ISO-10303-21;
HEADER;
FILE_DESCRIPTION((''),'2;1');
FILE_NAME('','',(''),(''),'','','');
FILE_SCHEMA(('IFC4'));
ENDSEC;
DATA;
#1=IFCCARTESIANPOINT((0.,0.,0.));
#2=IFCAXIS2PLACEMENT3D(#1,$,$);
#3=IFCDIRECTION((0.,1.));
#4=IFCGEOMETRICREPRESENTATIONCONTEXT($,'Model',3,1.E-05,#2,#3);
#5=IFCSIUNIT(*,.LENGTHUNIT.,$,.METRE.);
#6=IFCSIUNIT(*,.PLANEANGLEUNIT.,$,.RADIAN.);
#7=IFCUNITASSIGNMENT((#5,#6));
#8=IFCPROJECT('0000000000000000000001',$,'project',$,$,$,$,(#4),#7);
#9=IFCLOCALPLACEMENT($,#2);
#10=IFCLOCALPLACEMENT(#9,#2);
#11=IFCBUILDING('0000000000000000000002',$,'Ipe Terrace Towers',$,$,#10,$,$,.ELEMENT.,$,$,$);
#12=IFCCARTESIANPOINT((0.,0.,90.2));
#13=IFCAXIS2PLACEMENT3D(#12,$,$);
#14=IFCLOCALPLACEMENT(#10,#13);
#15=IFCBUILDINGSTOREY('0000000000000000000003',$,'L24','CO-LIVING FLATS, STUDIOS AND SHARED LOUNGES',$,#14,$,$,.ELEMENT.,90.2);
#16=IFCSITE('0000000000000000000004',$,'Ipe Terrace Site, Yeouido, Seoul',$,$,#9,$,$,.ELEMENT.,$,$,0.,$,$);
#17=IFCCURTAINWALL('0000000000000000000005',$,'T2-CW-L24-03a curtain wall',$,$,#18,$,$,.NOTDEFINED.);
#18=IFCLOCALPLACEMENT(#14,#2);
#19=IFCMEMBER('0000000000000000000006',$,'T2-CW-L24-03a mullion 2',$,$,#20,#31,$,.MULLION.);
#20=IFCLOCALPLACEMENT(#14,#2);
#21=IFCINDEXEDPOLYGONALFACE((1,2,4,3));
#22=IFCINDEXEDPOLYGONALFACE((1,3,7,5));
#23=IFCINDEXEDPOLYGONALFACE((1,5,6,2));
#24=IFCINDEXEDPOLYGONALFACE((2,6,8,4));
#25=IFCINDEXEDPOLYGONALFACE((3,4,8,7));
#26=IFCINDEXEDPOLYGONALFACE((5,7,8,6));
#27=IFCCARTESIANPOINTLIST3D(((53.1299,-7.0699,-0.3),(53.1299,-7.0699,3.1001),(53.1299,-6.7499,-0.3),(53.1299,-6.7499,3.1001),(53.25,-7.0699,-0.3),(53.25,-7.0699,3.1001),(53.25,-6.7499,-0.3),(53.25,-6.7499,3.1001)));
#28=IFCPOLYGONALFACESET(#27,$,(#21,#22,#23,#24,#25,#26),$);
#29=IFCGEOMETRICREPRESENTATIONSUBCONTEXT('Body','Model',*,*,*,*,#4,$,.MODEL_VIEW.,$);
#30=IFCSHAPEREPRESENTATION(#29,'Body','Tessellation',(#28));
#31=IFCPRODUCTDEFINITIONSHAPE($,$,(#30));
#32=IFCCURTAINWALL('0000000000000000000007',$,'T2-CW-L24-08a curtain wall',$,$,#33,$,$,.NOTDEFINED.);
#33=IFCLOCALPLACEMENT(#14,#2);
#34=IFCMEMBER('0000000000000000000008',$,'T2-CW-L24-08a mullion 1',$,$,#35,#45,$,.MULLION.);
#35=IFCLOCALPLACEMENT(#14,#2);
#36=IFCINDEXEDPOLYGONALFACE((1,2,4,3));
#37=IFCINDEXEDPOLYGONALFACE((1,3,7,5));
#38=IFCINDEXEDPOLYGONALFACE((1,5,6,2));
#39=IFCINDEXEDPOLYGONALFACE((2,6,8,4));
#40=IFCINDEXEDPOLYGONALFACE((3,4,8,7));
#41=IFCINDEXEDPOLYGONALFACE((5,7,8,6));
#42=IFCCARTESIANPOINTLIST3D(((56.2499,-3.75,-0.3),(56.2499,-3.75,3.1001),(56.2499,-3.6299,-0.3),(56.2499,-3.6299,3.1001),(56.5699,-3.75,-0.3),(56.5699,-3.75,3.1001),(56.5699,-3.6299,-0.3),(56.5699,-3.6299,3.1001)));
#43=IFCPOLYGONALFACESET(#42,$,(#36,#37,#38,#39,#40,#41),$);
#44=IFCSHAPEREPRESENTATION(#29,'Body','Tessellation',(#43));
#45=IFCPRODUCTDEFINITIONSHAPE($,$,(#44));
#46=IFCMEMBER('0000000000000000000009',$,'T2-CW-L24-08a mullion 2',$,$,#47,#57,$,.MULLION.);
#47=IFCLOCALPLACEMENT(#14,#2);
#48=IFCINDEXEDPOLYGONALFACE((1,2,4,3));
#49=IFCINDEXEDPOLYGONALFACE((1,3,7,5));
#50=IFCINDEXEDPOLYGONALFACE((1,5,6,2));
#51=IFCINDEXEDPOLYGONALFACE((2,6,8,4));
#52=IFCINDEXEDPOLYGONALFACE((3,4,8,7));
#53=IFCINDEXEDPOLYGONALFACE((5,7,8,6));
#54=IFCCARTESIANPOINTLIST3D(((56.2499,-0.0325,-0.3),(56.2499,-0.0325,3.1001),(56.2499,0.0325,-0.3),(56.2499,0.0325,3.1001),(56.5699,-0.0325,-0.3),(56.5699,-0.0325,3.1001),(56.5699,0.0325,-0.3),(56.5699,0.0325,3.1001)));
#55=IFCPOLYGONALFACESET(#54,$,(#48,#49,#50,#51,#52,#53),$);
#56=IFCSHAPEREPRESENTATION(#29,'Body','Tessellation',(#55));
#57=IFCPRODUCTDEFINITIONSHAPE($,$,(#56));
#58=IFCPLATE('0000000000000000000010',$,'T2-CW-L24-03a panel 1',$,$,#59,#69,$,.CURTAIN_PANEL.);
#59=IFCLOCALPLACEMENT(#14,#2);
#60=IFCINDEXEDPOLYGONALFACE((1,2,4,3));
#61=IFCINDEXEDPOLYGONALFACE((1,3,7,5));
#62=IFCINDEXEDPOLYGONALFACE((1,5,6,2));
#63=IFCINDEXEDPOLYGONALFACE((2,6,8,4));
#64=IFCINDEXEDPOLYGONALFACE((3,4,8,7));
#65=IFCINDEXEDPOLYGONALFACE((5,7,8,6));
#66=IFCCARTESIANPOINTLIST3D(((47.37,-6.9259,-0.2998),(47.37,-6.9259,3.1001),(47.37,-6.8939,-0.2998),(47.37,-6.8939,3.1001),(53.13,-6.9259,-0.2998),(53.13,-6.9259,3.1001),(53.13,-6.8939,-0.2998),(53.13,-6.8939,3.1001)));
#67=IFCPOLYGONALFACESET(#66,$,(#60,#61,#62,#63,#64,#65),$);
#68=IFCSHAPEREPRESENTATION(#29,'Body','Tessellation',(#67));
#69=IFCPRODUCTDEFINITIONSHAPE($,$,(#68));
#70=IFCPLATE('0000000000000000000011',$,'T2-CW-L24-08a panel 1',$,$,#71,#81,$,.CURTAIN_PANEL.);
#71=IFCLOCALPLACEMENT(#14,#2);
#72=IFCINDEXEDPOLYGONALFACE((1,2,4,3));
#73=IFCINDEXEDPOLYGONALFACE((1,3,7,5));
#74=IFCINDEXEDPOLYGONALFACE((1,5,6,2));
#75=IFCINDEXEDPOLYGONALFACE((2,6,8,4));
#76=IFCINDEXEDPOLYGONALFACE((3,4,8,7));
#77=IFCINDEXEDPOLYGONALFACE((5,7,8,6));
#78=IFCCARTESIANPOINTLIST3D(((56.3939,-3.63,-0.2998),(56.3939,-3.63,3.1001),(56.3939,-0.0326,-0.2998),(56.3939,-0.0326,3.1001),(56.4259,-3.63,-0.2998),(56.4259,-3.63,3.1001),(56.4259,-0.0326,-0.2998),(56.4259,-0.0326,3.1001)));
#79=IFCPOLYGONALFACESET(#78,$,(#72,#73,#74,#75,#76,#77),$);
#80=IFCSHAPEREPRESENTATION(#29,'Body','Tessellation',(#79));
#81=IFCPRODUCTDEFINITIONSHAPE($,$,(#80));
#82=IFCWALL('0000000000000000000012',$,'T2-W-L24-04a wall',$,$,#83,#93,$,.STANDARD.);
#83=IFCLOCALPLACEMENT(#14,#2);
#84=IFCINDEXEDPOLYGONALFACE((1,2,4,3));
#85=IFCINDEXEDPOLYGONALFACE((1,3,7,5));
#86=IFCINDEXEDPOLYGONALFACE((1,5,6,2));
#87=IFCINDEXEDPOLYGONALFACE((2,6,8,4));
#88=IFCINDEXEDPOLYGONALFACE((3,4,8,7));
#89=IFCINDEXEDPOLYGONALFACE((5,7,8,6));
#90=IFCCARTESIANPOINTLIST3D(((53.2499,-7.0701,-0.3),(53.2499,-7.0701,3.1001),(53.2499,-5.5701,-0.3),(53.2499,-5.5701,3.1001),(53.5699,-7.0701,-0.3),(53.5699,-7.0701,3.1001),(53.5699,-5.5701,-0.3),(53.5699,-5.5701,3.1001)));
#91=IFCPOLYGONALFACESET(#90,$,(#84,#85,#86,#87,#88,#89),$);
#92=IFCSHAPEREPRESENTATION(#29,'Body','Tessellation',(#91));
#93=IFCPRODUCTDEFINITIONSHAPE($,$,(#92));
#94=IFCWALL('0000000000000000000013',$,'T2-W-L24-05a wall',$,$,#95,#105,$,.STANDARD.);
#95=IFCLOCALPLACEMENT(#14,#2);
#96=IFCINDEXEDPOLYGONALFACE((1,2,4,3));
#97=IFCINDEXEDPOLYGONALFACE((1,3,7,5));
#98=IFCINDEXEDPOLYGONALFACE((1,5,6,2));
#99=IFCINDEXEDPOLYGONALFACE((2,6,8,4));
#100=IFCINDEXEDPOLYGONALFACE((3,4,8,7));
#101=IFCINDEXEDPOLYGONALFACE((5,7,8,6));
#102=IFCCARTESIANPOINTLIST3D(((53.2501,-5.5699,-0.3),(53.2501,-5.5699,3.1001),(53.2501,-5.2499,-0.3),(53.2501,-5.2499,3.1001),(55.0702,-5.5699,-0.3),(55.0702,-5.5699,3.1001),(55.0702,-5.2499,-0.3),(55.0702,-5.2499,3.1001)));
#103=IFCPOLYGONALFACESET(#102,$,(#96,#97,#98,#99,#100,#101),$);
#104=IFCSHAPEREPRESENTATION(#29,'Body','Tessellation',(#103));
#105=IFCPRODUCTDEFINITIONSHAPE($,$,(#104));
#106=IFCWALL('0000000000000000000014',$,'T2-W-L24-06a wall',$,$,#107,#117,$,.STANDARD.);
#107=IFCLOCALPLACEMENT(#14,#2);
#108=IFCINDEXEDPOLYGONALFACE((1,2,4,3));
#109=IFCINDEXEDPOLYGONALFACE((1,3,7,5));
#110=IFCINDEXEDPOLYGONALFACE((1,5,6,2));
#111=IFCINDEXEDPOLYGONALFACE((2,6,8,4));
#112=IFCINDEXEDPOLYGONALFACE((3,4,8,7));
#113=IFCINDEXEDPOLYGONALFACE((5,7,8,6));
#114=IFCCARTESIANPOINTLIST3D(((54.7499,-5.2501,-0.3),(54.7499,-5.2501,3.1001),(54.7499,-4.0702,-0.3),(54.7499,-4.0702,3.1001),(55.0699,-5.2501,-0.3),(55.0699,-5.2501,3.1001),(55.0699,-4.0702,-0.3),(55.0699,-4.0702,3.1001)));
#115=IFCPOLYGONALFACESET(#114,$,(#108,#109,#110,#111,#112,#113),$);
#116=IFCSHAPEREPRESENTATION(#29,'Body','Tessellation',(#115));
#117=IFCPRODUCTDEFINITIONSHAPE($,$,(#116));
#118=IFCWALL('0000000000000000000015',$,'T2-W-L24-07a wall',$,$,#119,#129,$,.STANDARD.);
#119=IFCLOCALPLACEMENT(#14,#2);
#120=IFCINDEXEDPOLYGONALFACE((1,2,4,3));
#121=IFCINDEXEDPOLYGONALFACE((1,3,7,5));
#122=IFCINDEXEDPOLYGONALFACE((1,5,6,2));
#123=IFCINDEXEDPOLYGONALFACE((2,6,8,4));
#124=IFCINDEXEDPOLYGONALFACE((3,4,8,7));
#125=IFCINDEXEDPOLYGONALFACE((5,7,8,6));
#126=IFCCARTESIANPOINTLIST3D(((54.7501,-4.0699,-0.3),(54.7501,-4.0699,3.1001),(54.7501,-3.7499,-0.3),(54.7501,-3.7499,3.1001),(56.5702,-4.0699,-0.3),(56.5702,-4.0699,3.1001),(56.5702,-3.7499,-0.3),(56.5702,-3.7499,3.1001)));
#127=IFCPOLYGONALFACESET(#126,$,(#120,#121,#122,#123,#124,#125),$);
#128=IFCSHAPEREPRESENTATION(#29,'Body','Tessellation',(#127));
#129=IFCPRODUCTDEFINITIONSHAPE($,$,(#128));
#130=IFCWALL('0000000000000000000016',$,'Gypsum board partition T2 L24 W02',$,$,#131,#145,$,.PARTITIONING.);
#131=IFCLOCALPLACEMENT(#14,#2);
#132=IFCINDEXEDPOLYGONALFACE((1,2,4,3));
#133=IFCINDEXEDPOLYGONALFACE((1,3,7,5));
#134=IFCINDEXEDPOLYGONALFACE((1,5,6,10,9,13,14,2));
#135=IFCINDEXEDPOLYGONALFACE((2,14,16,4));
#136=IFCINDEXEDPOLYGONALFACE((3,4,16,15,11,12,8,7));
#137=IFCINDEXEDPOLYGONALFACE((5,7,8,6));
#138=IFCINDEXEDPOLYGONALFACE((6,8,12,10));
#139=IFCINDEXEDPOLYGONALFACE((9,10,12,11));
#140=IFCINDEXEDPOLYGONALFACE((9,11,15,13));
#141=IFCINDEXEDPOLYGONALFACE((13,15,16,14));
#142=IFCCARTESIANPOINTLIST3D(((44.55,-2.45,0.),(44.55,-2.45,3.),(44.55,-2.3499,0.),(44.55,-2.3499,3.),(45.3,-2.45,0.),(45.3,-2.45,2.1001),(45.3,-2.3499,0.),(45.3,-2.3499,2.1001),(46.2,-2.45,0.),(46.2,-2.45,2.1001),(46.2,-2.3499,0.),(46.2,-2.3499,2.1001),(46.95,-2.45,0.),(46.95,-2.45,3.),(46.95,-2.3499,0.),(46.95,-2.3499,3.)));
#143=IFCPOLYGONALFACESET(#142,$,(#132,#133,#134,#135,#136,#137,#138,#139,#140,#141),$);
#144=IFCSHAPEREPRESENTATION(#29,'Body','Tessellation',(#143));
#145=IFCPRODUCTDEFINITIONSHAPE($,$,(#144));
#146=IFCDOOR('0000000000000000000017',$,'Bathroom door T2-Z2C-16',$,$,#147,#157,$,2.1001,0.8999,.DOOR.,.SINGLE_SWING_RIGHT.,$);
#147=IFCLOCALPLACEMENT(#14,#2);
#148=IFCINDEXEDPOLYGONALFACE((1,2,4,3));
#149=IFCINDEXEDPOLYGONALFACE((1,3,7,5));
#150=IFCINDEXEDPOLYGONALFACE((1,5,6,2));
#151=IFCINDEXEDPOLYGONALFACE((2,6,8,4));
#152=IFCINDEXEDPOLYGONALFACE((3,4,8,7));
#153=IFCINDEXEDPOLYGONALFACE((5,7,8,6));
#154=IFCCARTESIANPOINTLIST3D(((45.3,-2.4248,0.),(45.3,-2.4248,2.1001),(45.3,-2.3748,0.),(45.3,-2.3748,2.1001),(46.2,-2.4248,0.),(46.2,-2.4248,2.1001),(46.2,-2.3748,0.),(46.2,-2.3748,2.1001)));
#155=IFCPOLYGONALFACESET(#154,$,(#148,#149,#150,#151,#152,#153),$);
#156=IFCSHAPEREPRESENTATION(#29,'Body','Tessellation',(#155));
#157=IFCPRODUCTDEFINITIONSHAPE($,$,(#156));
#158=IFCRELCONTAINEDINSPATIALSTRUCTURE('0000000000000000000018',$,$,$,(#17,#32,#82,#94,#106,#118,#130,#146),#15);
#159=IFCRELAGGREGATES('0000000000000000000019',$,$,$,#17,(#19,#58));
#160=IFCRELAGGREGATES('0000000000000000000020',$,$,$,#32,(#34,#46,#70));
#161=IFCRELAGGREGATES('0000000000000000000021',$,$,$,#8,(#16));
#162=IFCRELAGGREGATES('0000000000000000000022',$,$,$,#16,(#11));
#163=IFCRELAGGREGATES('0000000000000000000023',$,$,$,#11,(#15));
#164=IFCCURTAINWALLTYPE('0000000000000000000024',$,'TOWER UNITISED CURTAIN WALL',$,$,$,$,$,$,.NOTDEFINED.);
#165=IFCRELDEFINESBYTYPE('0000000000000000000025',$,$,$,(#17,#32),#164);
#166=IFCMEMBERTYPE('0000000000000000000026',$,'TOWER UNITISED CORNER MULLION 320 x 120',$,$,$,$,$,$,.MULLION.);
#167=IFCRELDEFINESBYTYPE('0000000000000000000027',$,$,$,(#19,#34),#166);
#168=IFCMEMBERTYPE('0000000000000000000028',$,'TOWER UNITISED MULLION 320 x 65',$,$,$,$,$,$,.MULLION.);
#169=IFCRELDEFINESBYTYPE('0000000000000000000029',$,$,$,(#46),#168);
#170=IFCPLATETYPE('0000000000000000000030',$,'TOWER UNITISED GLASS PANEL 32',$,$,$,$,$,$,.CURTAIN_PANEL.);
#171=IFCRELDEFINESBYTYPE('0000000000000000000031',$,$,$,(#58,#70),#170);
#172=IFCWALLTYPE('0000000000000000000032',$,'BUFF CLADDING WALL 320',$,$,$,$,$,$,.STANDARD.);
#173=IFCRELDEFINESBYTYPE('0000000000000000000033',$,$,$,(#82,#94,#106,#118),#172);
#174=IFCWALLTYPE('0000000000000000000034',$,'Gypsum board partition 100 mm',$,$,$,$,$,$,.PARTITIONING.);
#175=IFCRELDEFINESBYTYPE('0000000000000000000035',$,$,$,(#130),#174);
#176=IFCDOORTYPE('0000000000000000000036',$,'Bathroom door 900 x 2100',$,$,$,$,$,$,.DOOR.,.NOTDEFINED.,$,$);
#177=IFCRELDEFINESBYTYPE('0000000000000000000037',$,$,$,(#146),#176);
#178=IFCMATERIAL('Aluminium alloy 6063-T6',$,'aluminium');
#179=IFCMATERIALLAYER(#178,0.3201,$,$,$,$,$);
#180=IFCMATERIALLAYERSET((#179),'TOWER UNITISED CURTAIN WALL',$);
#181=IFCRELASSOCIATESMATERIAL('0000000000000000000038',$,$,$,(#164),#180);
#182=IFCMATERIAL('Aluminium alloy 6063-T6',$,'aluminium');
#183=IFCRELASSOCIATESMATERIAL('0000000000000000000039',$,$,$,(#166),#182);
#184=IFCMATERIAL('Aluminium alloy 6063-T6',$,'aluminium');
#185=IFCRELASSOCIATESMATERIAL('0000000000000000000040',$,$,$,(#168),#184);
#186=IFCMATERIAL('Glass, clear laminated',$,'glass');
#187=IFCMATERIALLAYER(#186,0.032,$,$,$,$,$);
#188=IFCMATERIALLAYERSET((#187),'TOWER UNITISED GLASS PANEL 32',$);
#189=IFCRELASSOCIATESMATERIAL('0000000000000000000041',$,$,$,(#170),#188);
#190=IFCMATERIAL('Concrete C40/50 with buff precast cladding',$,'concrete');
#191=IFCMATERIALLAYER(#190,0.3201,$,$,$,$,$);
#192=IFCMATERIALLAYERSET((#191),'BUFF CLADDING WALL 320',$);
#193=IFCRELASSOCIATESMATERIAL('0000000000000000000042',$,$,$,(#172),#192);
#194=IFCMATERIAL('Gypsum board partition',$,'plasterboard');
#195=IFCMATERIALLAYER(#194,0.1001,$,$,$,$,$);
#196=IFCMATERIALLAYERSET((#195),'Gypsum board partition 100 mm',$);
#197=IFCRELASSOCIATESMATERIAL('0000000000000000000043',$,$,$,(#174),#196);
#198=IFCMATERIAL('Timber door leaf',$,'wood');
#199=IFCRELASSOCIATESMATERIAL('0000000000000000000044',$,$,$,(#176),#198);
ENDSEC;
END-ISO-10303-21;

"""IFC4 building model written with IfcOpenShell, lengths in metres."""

from ifc_helpers import new_model, si_unit, direction, frame, frame_2d, origin, origin_2d, place, context, subcontext, project, spatial, rectangle, extrude, material, layer, layer_set, material_profile, profile_set, type_object, element, fill, aggregate, save


model = new_model("IFC4")

# Units and contexts
model_context = context("Model", 3, precision=1e-05, world=origin(), true_north=direction((0.0, 1.0)))
body_context = subcontext(model_context, "Body", "Model", "MODEL_VIEW")
ifc_project = project(units=[si_unit("LENGTHUNIT", "METRE"), si_unit("PLANEANGLEUNIT", "RADIAN")], contexts=[model_context])

# Site, building, storey
site_placement = place(None, origin())
site = spatial("IfcSite", under=ifc_project, at=site_placement, Name="Ipe Terrace Site, Yeouido, Seoul", CompositionType="ELEMENT", RefElevation=0.0)
building_placement = place(site_placement, origin())
building = spatial("IfcBuilding", under=site, at=building_placement, Name="Ipe Terrace Towers", CompositionType="ELEMENT")
storey_placement = place(building_placement, frame((0.0, 0.0, 90.2)))
storey = spatial("IfcBuildingStorey", under=building, at=storey_placement, Name="L24", Description="CO-LIVING FLATS, STUDIOS AND SHARED LOUNGES", CompositionType="ELEMENT", Elevation=90.2)

# Curtain walls, members
ifc_material_1 = material(Name="Aluminium alloy 6063-T6", Category="aluminium")
ifc_layer_1 = layer(ifc_material_1, 0.3201)
ifc_layer_set_1 = layer_set([ifc_layer_1], Name="TOWER UNITISED CURTAIN WALL")
curtain_wall_type = type_object("IfcCurtainWallType", Name="TOWER UNITISED CURTAIN WALL", PredefinedType="NOTDEFINED", material=ifc_layer_set_1)
curtain_wall_1_placement = place(storey_placement, origin())
curtain_wall_1 = element("IfcCurtainWall", 1, at=curtain_wall_1_placement, inside=storey, type_object=curtain_wall_type, Name="T2-CW-L24-03a curtain wall", PredefinedType="NOTDEFINED")
ifc_material_2 = material(Name="Aluminium alloy 6063-T6", Category="aluminium")
ifc_material_profile_1 = material_profile(ifc_material_2, rectangle(XDim=0.3201, YDim=0.1201, at=origin_2d()), Name="TOWER UNITISED CORNER MULLION 320 x 120")
ifc_profile_set_1 = profile_set([ifc_material_profile_1], Name="Aluminium alloy 6063-T6")
member_type_1 = type_object("IfcMemberType", Name="TOWER UNITISED CORNER MULLION 320 x 120", PredefinedType="MULLION", material=ifc_profile_set_1)
member_1_placement = place(storey_placement, frame((53.1899, -6.9099, -0.3), z_axis=(0.0, 0.0, 1.0), x_axis=(0.0, -1.0, 0.0)))
member_1 = element("IfcMember", 2, at=member_1_placement, type_object=member_type_1, Name="T2-CW-L24-03a mullion 2", PredefinedType="MULLION", context=body_context, shape_type="SweptSolid", body=[
    extrude(rectangle(XDim=0.3201, YDim=0.1201, at=origin_2d()), origin(), (0.0, 0.0, 1.0), 3.4001),
])
curtain_wall_2_placement = place(storey_placement, origin())
curtain_wall_2 = element("IfcCurtainWall", 3, at=curtain_wall_2_placement, inside=storey, type_object=curtain_wall_type, Name="T2-CW-L24-08a curtain wall", PredefinedType="NOTDEFINED")
member_2_placement = place(storey_placement, frame((56.4099, -3.6899, -0.3), z_axis=(0.0, 0.0, 1.0), x_axis=(1.0, 0.0, 0.0)))
member_2 = element("IfcMember", 4, at=member_2_placement, type_object=member_type_1, Name="T2-CW-L24-08a mullion 1", PredefinedType="MULLION", context=body_context, shape_type="SweptSolid", body=[
    extrude(rectangle(XDim=0.3201, YDim=0.1201, at=origin_2d()), origin(), (0.0, 0.0, 1.0), 3.4001),
])
ifc_material_3 = material(Name="Aluminium alloy 6063-T6", Category="aluminium")
ifc_material_profile_2 = material_profile(ifc_material_3, rectangle(XDim=0.3201, YDim=0.0649, at=origin_2d()), Name="TOWER UNITISED MULLION 320 x 65")
ifc_profile_set_2 = profile_set([ifc_material_profile_2], Name="Aluminium alloy 6063-T6")
member_type_2 = type_object("IfcMemberType", Name="TOWER UNITISED MULLION 320 x 65", PredefinedType="MULLION", material=ifc_profile_set_2)
member_3_placement = place(storey_placement, frame((56.4099, 0.0, -0.3), z_axis=(0.0, 0.0, 1.0), x_axis=(1.0, 0.0, 0.0)))
member_3 = element("IfcMember", 5, at=member_3_placement, type_object=member_type_2, Name="T2-CW-L24-08a mullion 2", PredefinedType="MULLION", context=body_context, shape_type="SweptSolid", body=[
    extrude(rectangle(XDim=0.3201, YDim=0.0649, at=origin_2d()), origin(), (0.0, 0.0, 1.0), 3.4001),
])

# Plates
ifc_material_4 = material(Name="Glass, clear laminated", Category="glass")
ifc_layer_2 = layer(ifc_material_4, 0.032)
ifc_layer_set_2 = layer_set([ifc_layer_2], Name="TOWER UNITISED GLASS PANEL 32")
plate_type = type_object("IfcPlateType", Name="TOWER UNITISED GLASS PANEL 32", PredefinedType="CURTAIN_PANEL", material=ifc_layer_set_2)
plate_1_placement = place(storey_placement, frame((50.25, -6.9099, -0.2998), z_axis=(0.0, 0.0, 1.0), x_axis=(1.0, 0.0, 0.0)))
plate_1 = element("IfcPlate", 6, at=plate_1_placement, type_object=plate_type, Name="T2-CW-L24-03a panel 1", PredefinedType="CURTAIN_PANEL", context=body_context, shape_type="SweptSolid", body=[
    extrude(rectangle(XDim=5.76, YDim=0.032, at=origin_2d()), origin(), (0.0, 0.0, 1.0), 3.3999),
])
aggregate(curtain_wall_1, [member_1, plate_1])
plate_2_placement = place(storey_placement, frame((56.4099, -1.8313, -0.2998), z_axis=(0.0, 0.0, 1.0), x_axis=(0.0, 1.0, 0.0)))
plate_2 = element("IfcPlate", 7, at=plate_2_placement, type_object=plate_type, Name="T2-CW-L24-08a panel 1", PredefinedType="CURTAIN_PANEL", context=body_context, shape_type="SweptSolid", body=[
    extrude(rectangle(XDim=3.5974, YDim=0.032, at=origin_2d()), origin(), (0.0, 0.0, 1.0), 3.3999),
])
aggregate(curtain_wall_2, [member_2, member_3, plate_2])

# Walls
ifc_material_5 = material(Name="Concrete C40/50 with buff precast cladding", Category="concrete")
ifc_layer_3 = layer(ifc_material_5, 0.3201)
ifc_layer_set_3 = layer_set([ifc_layer_3], Name="BUFF CLADDING WALL 320")
wall_type_1 = type_object("IfcWallType", Name="BUFF CLADDING WALL 320", PredefinedType="STANDARD", material=ifc_layer_set_3)
wall_1_placement = place(storey_placement, frame((53.4099, -7.0701, -0.3), z_axis=(0.0, 0.0, 1.0), x_axis=(0.0, 1.0, 0.0)))
element("IfcWall", 8, at=wall_1_placement, inside=storey, type_object=wall_type_1, Name="T2-W-L24-04a wall", PredefinedType="STANDARD", context=body_context, shape_type="SweptSolid", body=[
    extrude(rectangle(XDim=1.5, YDim=0.3201, at=frame_2d((0.75, 0.0))), origin(), (0.0, 0.0, 1.0), 3.4001),
])
wall_2_placement = place(storey_placement, frame((53.25, -5.4099, -0.3), z_axis=(0.0, 0.0, 1.0), x_axis=(1.0, 0.0, 0.0)))
element("IfcWall", 9, at=wall_2_placement, inside=storey, type_object=wall_type_1, Name="T2-W-L24-05a wall", PredefinedType="STANDARD", context=body_context, shape_type="SweptSolid", body=[
    extrude(rectangle(XDim=1.8201, YDim=0.3201, at=frame_2d((0.9102, 0.0))), origin(), (0.0, 0.0, 1.0), 3.4001),
])
wall_3_placement = place(storey_placement, frame((54.9099, -5.25, -0.3), z_axis=(0.0, 0.0, 1.0), x_axis=(0.0, 1.0, 0.0)))
element("IfcWall", 10, at=wall_3_placement, inside=storey, type_object=wall_type_1, Name="T2-W-L24-06a wall", PredefinedType="STANDARD", context=body_context, shape_type="SweptSolid", body=[
    extrude(rectangle(XDim=1.1799, YDim=0.3201, at=frame_2d((0.5898, 0.0))), origin(), (0.0, 0.0, 1.0), 3.4001),
])
wall_4_placement = place(storey_placement, frame((54.75, -3.9099, -0.3), z_axis=(0.0, 0.0, 1.0), x_axis=(1.0, 0.0, 0.0)))
element("IfcWall", 11, at=wall_4_placement, inside=storey, type_object=wall_type_1, Name="T2-W-L24-07a wall", PredefinedType="STANDARD", context=body_context, shape_type="SweptSolid", body=[
    extrude(rectangle(XDim=1.8201, YDim=0.3201, at=frame_2d((0.9102, 0.0))), origin(), (0.0, 0.0, 1.0), 3.4001),
])

# Wall, opening, door
ifc_material_6 = material(Name="Gypsum board partition", Category="plasterboard")
ifc_layer_4 = layer(ifc_material_6, 0.1001)
ifc_layer_set_4 = layer_set([ifc_layer_4], Name="Gypsum board partition 100 mm")
wall_type_2 = type_object("IfcWallType", Name="Gypsum board partition 100 mm", PredefinedType="PARTITIONING", material=ifc_layer_set_4)
wall_5_placement = place(storey_placement, frame((46.95, -2.3999, 0.0), z_axis=(0.0, 0.0, 1.0), x_axis=(-1.0, 0.0, 0.0)))
wall_5 = element("IfcWall", 12, at=wall_5_placement, inside=storey, type_object=wall_type_2, Name="Gypsum board partition T2 L24 W02", PredefinedType="PARTITIONING", context=body_context, shape_type="SweptSolid", body=[
    extrude(rectangle(XDim=2.3999, YDim=0.1001, at=frame_2d((1.2, 0.0))), origin(), (0.0, 0.0, 1.0), 3.0),
])
opening_1_placement = place(wall_5_placement, frame((0.75, 0.0, 0.0)))
opening_1 = element("IfcOpeningElement", 13, at=opening_1_placement, cuts=wall_5, PredefinedType="OPENING", context=body_context, shape_type="SweptSolid", body=[
    extrude(rectangle(XDim=0.8999, YDim=2.1001, at=frame_2d((0.45, 1.05))), frame((0.0, 0.0601, 0.0), z_axis=(0.0, -1.0, 0.0), x_axis=(1.0, 0.0, 0.0)), (0.0, 0.0, 1.0), 0.1201),
])
ifc_material_7 = material(Name="Timber door leaf", Category="wood")
door_type_1 = type_object("IfcDoorType", Name="Bathroom door 900 x 2100", OperationType="NOTDEFINED", PredefinedType="DOOR", material=ifc_material_7)
door_1_placement = place(opening_1_placement, origin())
door_1 = element("IfcDoor", 14, at=door_1_placement, inside=storey, type_object=door_type_1, Name="Bathroom door T2-Z2C-16", OperationType="SINGLE_SWING_RIGHT", OverallHeight=2.1001, OverallWidth=0.8999, PredefinedType="DOOR", context=body_context, shape_type="SweptSolid", body=[
    extrude(rectangle(XDim=0.8999, YDim=2.1001, at=frame_2d((0.45, 1.05))), frame((0.0, 0.0249, 0.0), z_axis=(0.0, -1.0, 0.0), x_axis=(1.0, 0.0, 0.0)), (0.0, 0.0, 1.0), 0.05),
])
fill(opening_1, door_1)

save(model, "model.ifc")
